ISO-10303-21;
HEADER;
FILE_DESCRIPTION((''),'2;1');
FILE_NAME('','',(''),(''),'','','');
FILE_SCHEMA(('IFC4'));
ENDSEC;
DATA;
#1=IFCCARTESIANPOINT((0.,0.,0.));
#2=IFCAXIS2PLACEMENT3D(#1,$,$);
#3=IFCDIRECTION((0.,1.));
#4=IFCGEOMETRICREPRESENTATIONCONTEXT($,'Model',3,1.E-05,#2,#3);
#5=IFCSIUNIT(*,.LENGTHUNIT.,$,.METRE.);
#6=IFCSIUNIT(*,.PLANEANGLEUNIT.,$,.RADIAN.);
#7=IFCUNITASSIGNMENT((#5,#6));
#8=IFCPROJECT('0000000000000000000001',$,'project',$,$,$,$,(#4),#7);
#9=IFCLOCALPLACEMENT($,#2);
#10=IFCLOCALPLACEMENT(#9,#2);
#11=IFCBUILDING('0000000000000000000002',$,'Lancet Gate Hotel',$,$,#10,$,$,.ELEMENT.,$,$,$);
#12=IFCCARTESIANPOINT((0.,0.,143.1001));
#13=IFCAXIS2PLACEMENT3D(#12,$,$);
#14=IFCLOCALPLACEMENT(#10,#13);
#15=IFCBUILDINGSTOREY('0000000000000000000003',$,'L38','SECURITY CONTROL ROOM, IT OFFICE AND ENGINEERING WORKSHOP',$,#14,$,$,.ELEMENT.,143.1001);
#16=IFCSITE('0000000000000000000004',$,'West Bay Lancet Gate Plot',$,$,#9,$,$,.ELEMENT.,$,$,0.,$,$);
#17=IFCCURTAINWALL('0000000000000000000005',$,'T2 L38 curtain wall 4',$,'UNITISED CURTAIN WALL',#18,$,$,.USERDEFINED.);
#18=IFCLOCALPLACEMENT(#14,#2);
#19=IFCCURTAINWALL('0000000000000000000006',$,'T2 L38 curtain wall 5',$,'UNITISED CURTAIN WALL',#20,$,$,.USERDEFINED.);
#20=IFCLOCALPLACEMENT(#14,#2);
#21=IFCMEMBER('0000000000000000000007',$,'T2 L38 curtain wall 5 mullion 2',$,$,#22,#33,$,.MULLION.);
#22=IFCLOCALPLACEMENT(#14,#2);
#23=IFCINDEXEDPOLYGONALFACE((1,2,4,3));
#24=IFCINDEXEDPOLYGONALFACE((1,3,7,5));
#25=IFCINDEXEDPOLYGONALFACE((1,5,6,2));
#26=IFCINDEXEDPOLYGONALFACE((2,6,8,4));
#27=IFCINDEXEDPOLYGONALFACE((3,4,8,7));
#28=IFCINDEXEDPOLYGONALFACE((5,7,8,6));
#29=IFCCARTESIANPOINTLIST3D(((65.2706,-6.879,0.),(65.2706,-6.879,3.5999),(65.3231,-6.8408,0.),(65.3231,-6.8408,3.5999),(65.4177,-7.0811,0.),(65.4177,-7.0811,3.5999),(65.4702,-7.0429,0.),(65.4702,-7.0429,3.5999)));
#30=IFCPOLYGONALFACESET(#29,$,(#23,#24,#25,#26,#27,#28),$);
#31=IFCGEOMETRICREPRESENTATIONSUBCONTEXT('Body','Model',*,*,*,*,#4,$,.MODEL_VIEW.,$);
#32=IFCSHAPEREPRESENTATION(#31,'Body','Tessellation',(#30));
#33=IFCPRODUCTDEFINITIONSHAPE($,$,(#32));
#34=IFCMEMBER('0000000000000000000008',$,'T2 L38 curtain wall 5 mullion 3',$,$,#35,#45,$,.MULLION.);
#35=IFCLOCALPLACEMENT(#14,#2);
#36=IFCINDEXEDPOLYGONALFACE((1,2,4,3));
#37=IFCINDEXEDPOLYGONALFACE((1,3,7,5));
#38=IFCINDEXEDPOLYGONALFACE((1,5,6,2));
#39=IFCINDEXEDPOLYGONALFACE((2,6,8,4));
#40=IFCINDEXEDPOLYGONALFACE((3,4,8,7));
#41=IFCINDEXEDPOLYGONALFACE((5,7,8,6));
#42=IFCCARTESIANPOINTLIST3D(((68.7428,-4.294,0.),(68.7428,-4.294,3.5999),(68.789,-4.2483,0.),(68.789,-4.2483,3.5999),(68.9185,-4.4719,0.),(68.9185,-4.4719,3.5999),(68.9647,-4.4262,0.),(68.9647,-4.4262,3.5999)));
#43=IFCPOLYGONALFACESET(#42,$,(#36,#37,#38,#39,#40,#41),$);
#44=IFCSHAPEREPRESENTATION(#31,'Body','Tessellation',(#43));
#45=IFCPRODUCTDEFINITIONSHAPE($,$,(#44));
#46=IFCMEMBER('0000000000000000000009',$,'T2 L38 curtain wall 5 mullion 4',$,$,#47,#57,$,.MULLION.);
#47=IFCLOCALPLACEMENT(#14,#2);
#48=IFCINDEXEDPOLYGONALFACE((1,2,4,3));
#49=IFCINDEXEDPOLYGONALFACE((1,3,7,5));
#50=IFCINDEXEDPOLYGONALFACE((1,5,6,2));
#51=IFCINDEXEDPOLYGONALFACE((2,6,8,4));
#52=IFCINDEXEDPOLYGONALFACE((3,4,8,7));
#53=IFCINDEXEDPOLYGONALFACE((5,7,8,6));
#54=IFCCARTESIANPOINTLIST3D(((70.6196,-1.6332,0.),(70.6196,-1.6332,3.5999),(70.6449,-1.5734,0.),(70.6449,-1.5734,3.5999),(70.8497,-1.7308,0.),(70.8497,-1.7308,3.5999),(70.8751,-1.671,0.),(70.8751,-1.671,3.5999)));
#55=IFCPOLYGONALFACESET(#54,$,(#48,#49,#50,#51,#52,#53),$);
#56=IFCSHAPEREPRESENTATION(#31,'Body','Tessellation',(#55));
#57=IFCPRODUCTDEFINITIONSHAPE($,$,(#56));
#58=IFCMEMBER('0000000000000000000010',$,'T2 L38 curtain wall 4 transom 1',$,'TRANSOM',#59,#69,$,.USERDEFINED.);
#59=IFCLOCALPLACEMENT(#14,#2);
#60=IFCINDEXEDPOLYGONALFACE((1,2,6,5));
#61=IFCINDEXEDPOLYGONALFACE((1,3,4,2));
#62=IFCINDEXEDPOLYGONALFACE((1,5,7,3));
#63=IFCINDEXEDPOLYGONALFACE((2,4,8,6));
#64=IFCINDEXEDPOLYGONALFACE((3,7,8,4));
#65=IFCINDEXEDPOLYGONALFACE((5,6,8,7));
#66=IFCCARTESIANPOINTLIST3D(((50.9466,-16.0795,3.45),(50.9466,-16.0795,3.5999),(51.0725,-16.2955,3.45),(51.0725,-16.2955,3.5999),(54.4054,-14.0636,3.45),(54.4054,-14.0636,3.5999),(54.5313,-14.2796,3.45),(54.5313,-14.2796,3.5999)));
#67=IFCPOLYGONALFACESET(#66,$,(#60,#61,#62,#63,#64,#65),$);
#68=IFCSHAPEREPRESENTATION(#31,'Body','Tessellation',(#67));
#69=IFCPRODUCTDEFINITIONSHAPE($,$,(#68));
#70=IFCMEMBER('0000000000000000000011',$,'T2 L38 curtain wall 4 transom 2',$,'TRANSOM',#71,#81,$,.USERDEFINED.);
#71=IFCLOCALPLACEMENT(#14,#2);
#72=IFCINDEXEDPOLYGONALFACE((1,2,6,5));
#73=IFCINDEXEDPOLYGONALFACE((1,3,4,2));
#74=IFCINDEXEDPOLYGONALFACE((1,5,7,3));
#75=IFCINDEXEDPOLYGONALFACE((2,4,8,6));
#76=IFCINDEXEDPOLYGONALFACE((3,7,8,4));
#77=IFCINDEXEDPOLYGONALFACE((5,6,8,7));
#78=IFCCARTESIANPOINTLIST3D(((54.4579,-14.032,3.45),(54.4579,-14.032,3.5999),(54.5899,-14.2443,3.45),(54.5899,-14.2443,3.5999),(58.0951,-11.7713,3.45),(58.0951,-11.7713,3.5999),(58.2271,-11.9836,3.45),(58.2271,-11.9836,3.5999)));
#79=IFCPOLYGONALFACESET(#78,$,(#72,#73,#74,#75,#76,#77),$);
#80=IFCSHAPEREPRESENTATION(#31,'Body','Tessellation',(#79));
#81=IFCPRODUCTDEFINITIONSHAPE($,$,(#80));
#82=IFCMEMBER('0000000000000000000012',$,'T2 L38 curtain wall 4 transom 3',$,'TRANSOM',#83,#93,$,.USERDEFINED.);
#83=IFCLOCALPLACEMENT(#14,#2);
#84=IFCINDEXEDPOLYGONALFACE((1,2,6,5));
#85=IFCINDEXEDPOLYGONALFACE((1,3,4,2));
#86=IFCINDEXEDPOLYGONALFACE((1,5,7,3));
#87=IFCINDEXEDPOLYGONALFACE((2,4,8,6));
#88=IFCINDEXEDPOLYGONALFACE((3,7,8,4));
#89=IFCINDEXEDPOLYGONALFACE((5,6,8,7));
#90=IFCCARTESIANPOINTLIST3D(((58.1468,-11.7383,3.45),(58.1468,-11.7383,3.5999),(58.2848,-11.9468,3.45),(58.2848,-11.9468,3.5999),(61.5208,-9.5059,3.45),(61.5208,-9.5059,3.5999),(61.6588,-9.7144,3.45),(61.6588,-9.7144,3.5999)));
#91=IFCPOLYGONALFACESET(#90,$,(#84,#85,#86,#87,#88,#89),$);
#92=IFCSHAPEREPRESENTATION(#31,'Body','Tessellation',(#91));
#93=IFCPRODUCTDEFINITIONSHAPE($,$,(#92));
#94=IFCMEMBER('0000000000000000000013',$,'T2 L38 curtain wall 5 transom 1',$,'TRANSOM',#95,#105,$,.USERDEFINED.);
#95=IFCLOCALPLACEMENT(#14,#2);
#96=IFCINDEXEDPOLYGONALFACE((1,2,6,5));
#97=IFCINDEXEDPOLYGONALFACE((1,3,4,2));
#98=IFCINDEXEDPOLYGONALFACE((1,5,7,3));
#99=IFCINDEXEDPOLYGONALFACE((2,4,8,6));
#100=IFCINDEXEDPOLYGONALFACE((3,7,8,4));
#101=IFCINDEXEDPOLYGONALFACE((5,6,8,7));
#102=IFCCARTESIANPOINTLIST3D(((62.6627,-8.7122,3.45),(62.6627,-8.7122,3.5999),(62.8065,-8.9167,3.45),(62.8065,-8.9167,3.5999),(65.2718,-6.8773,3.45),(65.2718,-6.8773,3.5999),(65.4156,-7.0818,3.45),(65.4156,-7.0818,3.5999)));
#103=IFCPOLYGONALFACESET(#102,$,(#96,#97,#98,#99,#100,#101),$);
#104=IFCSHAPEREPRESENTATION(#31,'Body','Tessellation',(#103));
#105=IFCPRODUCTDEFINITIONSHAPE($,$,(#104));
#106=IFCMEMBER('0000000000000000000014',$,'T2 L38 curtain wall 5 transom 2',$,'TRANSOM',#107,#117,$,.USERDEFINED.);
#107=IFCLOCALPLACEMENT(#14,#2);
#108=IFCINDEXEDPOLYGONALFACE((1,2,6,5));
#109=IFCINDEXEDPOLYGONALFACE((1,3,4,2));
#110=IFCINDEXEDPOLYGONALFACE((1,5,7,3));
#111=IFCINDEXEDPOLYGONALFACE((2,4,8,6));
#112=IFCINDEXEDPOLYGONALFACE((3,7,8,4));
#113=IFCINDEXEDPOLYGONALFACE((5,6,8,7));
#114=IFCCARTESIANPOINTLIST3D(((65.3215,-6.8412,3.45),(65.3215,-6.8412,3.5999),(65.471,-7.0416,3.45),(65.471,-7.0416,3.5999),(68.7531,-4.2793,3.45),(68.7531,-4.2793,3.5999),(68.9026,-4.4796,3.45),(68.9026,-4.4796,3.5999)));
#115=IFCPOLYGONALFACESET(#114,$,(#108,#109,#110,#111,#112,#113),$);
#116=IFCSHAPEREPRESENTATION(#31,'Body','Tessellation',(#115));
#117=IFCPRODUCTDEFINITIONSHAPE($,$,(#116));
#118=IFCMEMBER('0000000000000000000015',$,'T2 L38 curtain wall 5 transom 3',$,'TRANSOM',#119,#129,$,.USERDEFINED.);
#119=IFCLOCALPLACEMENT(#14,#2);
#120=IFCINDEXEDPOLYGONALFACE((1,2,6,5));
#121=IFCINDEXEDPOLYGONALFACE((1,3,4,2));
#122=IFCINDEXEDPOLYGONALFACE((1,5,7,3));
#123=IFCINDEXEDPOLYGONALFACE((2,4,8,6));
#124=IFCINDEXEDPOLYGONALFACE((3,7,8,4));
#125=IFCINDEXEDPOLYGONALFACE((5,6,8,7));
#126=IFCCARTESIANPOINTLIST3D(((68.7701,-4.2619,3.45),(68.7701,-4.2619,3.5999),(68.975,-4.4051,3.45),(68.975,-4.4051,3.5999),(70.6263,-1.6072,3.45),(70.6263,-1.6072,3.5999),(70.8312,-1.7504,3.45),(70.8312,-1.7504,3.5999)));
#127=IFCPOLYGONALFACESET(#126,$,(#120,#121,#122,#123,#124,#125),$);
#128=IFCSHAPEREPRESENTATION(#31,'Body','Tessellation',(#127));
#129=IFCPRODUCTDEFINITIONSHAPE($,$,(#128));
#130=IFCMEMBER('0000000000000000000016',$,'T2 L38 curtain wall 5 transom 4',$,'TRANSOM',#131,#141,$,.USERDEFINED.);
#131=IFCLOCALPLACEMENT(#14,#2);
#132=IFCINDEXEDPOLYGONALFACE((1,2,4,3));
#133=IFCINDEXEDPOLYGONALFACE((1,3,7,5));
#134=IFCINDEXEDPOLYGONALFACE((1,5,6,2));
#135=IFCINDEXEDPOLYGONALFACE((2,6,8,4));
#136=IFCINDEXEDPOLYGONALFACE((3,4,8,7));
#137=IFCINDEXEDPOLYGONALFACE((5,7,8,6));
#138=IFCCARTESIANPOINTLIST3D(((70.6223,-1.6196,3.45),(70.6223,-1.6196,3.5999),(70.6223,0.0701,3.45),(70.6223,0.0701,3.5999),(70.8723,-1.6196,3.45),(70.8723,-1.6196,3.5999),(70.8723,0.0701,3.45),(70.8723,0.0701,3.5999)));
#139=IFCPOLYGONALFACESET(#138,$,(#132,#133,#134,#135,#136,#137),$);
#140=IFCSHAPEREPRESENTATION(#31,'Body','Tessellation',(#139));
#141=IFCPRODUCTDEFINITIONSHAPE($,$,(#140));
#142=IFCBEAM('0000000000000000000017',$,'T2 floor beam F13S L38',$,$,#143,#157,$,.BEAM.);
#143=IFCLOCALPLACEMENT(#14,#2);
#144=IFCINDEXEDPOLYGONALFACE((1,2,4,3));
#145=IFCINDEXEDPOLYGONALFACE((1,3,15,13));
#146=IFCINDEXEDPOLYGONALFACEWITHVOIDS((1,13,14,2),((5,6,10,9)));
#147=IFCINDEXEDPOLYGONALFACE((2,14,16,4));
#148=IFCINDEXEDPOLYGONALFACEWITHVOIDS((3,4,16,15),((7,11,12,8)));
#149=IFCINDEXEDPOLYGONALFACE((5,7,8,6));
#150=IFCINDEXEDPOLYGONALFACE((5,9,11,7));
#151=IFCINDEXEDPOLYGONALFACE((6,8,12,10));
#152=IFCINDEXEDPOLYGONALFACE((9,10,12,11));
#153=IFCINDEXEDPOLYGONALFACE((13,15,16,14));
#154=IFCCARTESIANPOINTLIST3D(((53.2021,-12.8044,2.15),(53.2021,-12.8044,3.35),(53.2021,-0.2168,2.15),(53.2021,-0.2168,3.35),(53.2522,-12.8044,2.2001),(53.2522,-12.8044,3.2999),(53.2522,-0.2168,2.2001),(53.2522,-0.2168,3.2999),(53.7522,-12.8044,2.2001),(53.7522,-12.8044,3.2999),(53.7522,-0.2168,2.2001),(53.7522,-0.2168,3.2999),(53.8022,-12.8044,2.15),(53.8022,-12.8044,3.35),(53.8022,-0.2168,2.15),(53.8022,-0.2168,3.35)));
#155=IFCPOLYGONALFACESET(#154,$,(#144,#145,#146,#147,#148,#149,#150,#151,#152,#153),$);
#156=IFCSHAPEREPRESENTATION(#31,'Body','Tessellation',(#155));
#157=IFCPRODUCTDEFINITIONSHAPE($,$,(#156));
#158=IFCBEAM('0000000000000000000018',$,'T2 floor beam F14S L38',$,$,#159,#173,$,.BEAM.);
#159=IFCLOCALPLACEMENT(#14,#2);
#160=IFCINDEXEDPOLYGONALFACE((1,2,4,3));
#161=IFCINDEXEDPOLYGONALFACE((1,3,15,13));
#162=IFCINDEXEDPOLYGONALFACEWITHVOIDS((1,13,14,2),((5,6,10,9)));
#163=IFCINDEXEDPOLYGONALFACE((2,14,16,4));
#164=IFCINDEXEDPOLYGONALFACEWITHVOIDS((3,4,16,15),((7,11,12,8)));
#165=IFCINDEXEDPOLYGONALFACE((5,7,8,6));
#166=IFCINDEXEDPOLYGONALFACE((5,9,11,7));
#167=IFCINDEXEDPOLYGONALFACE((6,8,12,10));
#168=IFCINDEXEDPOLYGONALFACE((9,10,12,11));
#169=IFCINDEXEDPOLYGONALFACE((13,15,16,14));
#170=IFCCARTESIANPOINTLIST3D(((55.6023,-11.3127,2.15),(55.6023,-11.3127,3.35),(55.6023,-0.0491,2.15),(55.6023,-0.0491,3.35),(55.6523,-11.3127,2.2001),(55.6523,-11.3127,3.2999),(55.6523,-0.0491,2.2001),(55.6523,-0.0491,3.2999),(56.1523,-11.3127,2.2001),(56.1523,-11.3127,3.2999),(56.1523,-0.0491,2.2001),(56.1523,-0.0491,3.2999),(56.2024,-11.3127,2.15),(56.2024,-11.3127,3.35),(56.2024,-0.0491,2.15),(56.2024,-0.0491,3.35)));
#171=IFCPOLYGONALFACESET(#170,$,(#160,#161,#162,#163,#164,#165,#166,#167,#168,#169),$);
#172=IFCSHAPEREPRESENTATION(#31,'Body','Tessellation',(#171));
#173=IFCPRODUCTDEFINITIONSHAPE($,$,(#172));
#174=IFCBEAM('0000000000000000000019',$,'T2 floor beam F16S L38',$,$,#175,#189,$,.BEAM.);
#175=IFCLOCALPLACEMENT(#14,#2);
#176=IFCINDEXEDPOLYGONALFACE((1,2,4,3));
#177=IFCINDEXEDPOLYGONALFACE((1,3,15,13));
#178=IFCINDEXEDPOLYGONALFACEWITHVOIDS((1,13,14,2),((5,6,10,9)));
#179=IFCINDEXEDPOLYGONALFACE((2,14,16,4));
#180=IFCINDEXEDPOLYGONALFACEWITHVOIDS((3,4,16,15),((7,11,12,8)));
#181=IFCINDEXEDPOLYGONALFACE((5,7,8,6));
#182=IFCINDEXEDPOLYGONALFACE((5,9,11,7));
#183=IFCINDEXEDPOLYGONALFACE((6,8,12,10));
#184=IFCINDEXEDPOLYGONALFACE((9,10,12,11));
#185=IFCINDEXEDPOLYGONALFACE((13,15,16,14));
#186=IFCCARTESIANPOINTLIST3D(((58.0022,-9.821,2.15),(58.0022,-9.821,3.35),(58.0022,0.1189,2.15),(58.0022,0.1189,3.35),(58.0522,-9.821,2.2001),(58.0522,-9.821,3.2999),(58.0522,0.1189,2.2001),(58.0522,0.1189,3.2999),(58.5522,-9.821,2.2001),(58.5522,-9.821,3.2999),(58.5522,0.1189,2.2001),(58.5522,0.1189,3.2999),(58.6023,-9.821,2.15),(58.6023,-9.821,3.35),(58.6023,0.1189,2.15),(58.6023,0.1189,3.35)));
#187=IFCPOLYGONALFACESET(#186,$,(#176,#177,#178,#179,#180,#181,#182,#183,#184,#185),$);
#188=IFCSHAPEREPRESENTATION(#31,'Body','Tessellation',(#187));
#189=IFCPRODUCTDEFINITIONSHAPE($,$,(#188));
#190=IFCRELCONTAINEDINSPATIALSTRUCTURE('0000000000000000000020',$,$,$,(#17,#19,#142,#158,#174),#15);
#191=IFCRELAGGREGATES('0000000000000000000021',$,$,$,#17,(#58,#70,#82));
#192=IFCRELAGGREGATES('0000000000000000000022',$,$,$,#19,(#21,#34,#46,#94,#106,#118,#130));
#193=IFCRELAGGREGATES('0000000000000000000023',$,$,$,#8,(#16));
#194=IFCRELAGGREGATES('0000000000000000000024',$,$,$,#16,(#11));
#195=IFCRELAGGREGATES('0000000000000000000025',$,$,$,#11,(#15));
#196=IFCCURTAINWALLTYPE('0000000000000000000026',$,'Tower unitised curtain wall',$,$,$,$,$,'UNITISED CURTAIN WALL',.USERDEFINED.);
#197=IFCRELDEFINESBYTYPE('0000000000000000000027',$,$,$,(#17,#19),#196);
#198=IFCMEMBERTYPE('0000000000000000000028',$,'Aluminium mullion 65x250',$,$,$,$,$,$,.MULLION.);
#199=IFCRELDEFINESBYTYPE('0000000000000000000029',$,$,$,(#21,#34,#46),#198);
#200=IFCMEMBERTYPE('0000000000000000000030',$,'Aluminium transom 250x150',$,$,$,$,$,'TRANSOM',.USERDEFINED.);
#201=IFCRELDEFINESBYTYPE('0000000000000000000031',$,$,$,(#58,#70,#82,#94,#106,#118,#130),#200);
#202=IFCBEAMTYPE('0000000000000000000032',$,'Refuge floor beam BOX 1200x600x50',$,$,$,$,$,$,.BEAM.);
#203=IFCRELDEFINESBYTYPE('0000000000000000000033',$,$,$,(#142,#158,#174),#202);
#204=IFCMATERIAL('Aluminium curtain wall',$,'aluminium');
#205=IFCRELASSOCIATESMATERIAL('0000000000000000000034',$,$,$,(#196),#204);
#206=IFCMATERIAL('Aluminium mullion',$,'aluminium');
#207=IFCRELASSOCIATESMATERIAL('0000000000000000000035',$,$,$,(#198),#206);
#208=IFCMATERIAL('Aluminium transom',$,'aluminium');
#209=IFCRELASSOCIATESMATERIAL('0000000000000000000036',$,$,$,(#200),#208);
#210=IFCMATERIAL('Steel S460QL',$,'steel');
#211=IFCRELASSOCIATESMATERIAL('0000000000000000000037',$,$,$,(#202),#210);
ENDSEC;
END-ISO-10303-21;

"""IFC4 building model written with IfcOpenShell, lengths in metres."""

from ifc_helpers import new_model, si_unit, direction, frame, origin, origin_2d, place, context, subcontext, project, spatial, rectangle, hollow_rectangle, extrude, material, material_profile, profile_set, type_object, element, aggregate, save


model = new_model("IFC4")

# Units and contexts
model_context = context("Model", 3, precision=1e-05, world=origin(), true_north=direction((0.0, 1.0)))
body_context = subcontext(model_context, "Body", "Model", "MODEL_VIEW")
ifc_project = project(units=[si_unit("LENGTHUNIT", "METRE"), si_unit("PLANEANGLEUNIT", "RADIAN")], contexts=[model_context])

# Site, building, storey
site_placement = place(None, origin())
site = spatial("IfcSite", under=ifc_project, at=site_placement, Name="West Bay Lancet Gate Plot", CompositionType="ELEMENT", RefElevation=0.0)
building_placement = place(site_placement, origin())
building = spatial("IfcBuilding", under=site, at=building_placement, Name="Lancet Gate Hotel", CompositionType="ELEMENT")
storey_placement = place(building_placement, frame((0.0, 0.0, 143.1001)))
storey = spatial("IfcBuildingStorey", under=building, at=storey_placement, Name="L38", Description="SECURITY CONTROL ROOM, IT OFFICE AND ENGINEERING WORKSHOP", CompositionType="ELEMENT", Elevation=143.1001)

# Curtain walls, members
ifc_material_1 = material(Name="Aluminium curtain wall", Category="aluminium")
curtain_wall_type = type_object("IfcCurtainWallType", Name="Tower unitised curtain wall", ElementType="UNITISED CURTAIN WALL", PredefinedType="USERDEFINED", material=ifc_material_1)
curtain_wall_1_placement = place(storey_placement, origin())
curtain_wall_1 = element("IfcCurtainWall", 1, at=curtain_wall_1_placement, inside=storey, type_object=curtain_wall_type, Name="T2 L38 curtain wall 4", ObjectType="UNITISED CURTAIN WALL", PredefinedType="USERDEFINED")
ifc_material_2 = material(Name="Aluminium mullion", Category="aluminium")
ifc_material_profile_1 = material_profile(ifc_material_2, rectangle(XDim=0.0649, YDim=0.25, at=origin_2d()), Name="MULLION 65x250")
ifc_profile_set_1 = profile_set([ifc_material_profile_1], Name="Aluminium mullion")
member_type_1 = type_object("IfcMemberType", Name="Aluminium mullion 65x250", PredefinedType="MULLION", material=ifc_profile_set_1)
curtain_wall_2_placement = place(storey_placement, origin())
curtain_wall_2 = element("IfcCurtainWall", 2, at=curtain_wall_2_placement, inside=storey, type_object=curtain_wall_type, Name="T2 L38 curtain wall 5", ObjectType="UNITISED CURTAIN WALL", PredefinedType="USERDEFINED")
member_1_placement = place(storey_placement, frame((65.3704, -6.9609, 0.0), z_axis=(0.0, 0.0, 1.0), x_axis=(0.808529, 0.588456, 0.0)))
member_1 = element("IfcMember", 3, at=member_1_placement, type_object=member_type_1, Name="T2 L38 curtain wall 5 mullion 2", PredefinedType="MULLION", context=body_context, shape_type="SweptSolid", body=[
    extrude(rectangle(XDim=0.0649, YDim=0.25, at=origin_2d()), origin(), (0.0, 0.0, 1.0), 3.5999),
])
member_2_placement = place(storey_placement, frame((68.8538, -4.3601, 0.0), z_axis=(0.0, 0.0, 1.0), x_axis=(0.71161, 0.702574, 0.0)))
member_2 = element("IfcMember", 4, at=member_2_placement, type_object=member_type_1, Name="T2 L38 curtain wall 5 mullion 3", PredefinedType="MULLION", context=body_context, shape_type="SweptSolid", body=[
    extrude(rectangle(XDim=0.0649, YDim=0.25, at=origin_2d()), origin(), (0.0, 0.0, 1.0), 3.5999),
])
member_3_placement = place(storey_placement, frame((70.7473, -1.6521, 0.0), z_axis=(0.0, 0.0, 1.0), x_axis=(0.390582, 0.920568, 0.0)))
member_3 = element("IfcMember", 5, at=member_3_placement, type_object=member_type_1, Name="T2 L38 curtain wall 5 mullion 4", PredefinedType="MULLION", context=body_context, shape_type="SweptSolid", body=[
    extrude(rectangle(XDim=0.0649, YDim=0.25, at=origin_2d()), origin(), (0.0, 0.0, 1.0), 3.5999),
])

# Members
ifc_material_3 = material(Name="Aluminium transom", Category="aluminium")
ifc_material_profile_2 = material_profile(ifc_material_3, rectangle(XDim=0.25, YDim=0.1499, at=origin_2d()), Name="TRANSOM 250x150")
ifc_profile_set_2 = profile_set([ifc_material_profile_2], Name="Aluminium transom")
member_type_2 = type_object("IfcMemberType", Name="Aluminium transom 250x150", ElementType="TRANSOM", PredefinedType="USERDEFINED", material=ifc_profile_set_2)
member_4_placement = place(storey_placement, frame((51.0095, -16.1875, 3.5249), z_axis=(0.863967, 0.503549, 0.0), x_axis=(-0.503549, 0.863967, 0.0)))
member_4 = element("IfcMember", 6, at=member_4_placement, type_object=member_type_2, Name="T2 L38 curtain wall 4 transom 1", ObjectType="TRANSOM", PredefinedType="USERDEFINED", context=body_context, shape_type="SweptSolid", body=[
    extrude(rectangle(XDim=0.25, YDim=0.1499, at=origin_2d()), origin(), (0.0, 0.0, 1.0), 4.0034),
])
member_5_placement = place(storey_placement, frame((54.5239, -14.1382, 3.5249), z_axis=(0.849309, 0.527896, 0.0), x_axis=(-0.527896, 0.849309, 0.0)))
member_5 = element("IfcMember", 7, at=member_5_placement, type_object=member_type_2, Name="T2 L38 curtain wall 4 transom 2", ObjectType="TRANSOM", PredefinedType="USERDEFINED", context=body_context, shape_type="SweptSolid", body=[
    extrude(rectangle(XDim=0.25, YDim=0.1499, at=origin_2d()), origin(), (0.0, 0.0, 1.0), 4.2825),
])
member_6_placement = place(storey_placement, frame((58.2158, -11.8425, 3.5249), z_axis=(0.833976, 0.5518, 0.0), x_axis=(-0.5518, 0.833976, 0.0)))
member_6 = element("IfcMember", 8, at=member_6_placement, type_object=member_type_2, Name="T2 L38 curtain wall 4 transom 3", ObjectType="TRANSOM", PredefinedType="USERDEFINED", context=body_context, shape_type="SweptSolid", body=[
    extrude(rectangle(XDim=0.25, YDim=0.1499, at=origin_2d()), origin(), (0.0, 0.0, 1.0), 4.0457),
])
member_7_placement = place(storey_placement, frame((62.7346, -8.8145, 3.5249), z_axis=(0.817968, 0.575264, 0.0), x_axis=(-0.575264, 0.817968, 0.0)))
member_7 = element("IfcMember", 9, at=member_7_placement, type_object=member_type_2, Name="T2 L38 curtain wall 5 transom 1", ObjectType="TRANSOM", PredefinedType="USERDEFINED", context=body_context, shape_type="SweptSolid", body=[
    extrude(rectangle(XDim=0.25, YDim=0.1499, at=origin_2d()), origin(), (0.0, 0.0, 1.0), 3.1897),
])
member_8_placement = place(storey_placement, frame((65.3962, -6.9414, 3.5249), z_axis=(0.801312, 0.598247, 0.0), x_axis=(-0.598247, 0.801312, 0.0)))
member_8 = element("IfcMember", 10, at=member_8_placement, type_object=member_type_2, Name="T2 L38 curtain wall 5 transom 2", ObjectType="TRANSOM", PredefinedType="USERDEFINED", context=body_context, shape_type="SweptSolid", body=[
    extrude(rectangle(XDim=0.25, YDim=0.1499, at=origin_2d()), origin(), (0.0, 0.0, 1.0), 4.2825),
])
member_9_placement = place(storey_placement, frame((68.8726, -4.3335, 3.5249), z_axis=(0.573017, 0.819543, 0.0), x_axis=(-0.819543, 0.573017, 0.0)))
member_9 = element("IfcMember", 11, at=member_9_placement, type_object=member_type_2, Name="T2 L38 curtain wall 5 transom 3", ObjectType="TRANSOM", PredefinedType="USERDEFINED", context=body_context, shape_type="SweptSolid", body=[
    extrude(rectangle(XDim=0.25, YDim=0.1499, at=origin_2d()), origin(), (0.0, 0.0, 1.0), 3.2393),
])
member_10_placement = place(storey_placement, frame((70.7473, -1.6196, 3.5249), z_axis=(0.0, 1.0, 0.0), x_axis=(-1.0, 0.0, 0.0)))
member_10 = element("IfcMember", 12, at=member_10_placement, type_object=member_type_2, Name="T2 L38 curtain wall 5 transom 4", ObjectType="TRANSOM", PredefinedType="USERDEFINED", context=body_context, shape_type="SweptSolid", body=[
    extrude(rectangle(XDim=0.25, YDim=0.1499, at=origin_2d()), origin(), (0.0, 0.0, 1.0), 1.6897),
])

# Beams
ifc_material_4 = material(Name="Steel S460QL", Category="steel")
ifc_material_profile_3 = material_profile(ifc_material_4, hollow_rectangle(XDim=0.6001, YDim=1.2, WallThickness=0.05, at=origin_2d()), Name="BOX 1200x600x50")
ifc_profile_set_3 = profile_set([ifc_material_profile_3], Name="Steel S460QL")
beam_type = type_object("IfcBeamType", Name="Refuge floor beam BOX 1200x600x50", PredefinedType="BEAM", material=ifc_profile_set_3)
beam_1_placement = place(storey_placement, frame((53.5022, -12.8044, 2.75), z_axis=(0.0, 1.0, 0.0), x_axis=(-1.0, 0.0, 0.0)))
element("IfcBeam", 13, at=beam_1_placement, inside=storey, type_object=beam_type, Name="T2 floor beam F13S L38", PredefinedType="BEAM", context=body_context, shape_type="SweptSolid", body=[
    extrude(hollow_rectangle(XDim=0.6001, YDim=1.2, WallThickness=0.05, at=origin_2d()), origin(), (0.0, 0.0, 1.0), 12.5876),
])
beam_2_placement = place(storey_placement, frame((55.9023, -11.3127, 2.75), z_axis=(0.0, 1.0, 0.0), x_axis=(-1.0, 0.0, 0.0)))
element("IfcBeam", 14, at=beam_2_placement, inside=storey, type_object=beam_type, Name="T2 floor beam F14S L38", PredefinedType="BEAM", context=body_context, shape_type="SweptSolid", body=[
    extrude(hollow_rectangle(XDim=0.6001, YDim=1.2, WallThickness=0.05, at=origin_2d()), origin(), (0.0, 0.0, 1.0), 11.2637),
])
beam_3_placement = place(storey_placement, frame((58.3022, -9.821, 2.75), z_axis=(0.0, 1.0, 0.0), x_axis=(-1.0, 0.0, 0.0)))
element("IfcBeam", 15, at=beam_3_placement, inside=storey, type_object=beam_type, Name="T2 floor beam F16S L38", PredefinedType="BEAM", context=body_context, shape_type="SweptSolid", body=[
    extrude(hollow_rectangle(XDim=0.6001, YDim=1.2, WallThickness=0.05, at=origin_2d()), origin(), (0.0, 0.0, 1.0), 9.9399),
])

aggregate(curtain_wall_1, [member_4, member_5, member_6])
aggregate(curtain_wall_2, [member_1, member_2, member_3, member_7, member_8, member_9, member_10])

save(model, "model.ifc")
